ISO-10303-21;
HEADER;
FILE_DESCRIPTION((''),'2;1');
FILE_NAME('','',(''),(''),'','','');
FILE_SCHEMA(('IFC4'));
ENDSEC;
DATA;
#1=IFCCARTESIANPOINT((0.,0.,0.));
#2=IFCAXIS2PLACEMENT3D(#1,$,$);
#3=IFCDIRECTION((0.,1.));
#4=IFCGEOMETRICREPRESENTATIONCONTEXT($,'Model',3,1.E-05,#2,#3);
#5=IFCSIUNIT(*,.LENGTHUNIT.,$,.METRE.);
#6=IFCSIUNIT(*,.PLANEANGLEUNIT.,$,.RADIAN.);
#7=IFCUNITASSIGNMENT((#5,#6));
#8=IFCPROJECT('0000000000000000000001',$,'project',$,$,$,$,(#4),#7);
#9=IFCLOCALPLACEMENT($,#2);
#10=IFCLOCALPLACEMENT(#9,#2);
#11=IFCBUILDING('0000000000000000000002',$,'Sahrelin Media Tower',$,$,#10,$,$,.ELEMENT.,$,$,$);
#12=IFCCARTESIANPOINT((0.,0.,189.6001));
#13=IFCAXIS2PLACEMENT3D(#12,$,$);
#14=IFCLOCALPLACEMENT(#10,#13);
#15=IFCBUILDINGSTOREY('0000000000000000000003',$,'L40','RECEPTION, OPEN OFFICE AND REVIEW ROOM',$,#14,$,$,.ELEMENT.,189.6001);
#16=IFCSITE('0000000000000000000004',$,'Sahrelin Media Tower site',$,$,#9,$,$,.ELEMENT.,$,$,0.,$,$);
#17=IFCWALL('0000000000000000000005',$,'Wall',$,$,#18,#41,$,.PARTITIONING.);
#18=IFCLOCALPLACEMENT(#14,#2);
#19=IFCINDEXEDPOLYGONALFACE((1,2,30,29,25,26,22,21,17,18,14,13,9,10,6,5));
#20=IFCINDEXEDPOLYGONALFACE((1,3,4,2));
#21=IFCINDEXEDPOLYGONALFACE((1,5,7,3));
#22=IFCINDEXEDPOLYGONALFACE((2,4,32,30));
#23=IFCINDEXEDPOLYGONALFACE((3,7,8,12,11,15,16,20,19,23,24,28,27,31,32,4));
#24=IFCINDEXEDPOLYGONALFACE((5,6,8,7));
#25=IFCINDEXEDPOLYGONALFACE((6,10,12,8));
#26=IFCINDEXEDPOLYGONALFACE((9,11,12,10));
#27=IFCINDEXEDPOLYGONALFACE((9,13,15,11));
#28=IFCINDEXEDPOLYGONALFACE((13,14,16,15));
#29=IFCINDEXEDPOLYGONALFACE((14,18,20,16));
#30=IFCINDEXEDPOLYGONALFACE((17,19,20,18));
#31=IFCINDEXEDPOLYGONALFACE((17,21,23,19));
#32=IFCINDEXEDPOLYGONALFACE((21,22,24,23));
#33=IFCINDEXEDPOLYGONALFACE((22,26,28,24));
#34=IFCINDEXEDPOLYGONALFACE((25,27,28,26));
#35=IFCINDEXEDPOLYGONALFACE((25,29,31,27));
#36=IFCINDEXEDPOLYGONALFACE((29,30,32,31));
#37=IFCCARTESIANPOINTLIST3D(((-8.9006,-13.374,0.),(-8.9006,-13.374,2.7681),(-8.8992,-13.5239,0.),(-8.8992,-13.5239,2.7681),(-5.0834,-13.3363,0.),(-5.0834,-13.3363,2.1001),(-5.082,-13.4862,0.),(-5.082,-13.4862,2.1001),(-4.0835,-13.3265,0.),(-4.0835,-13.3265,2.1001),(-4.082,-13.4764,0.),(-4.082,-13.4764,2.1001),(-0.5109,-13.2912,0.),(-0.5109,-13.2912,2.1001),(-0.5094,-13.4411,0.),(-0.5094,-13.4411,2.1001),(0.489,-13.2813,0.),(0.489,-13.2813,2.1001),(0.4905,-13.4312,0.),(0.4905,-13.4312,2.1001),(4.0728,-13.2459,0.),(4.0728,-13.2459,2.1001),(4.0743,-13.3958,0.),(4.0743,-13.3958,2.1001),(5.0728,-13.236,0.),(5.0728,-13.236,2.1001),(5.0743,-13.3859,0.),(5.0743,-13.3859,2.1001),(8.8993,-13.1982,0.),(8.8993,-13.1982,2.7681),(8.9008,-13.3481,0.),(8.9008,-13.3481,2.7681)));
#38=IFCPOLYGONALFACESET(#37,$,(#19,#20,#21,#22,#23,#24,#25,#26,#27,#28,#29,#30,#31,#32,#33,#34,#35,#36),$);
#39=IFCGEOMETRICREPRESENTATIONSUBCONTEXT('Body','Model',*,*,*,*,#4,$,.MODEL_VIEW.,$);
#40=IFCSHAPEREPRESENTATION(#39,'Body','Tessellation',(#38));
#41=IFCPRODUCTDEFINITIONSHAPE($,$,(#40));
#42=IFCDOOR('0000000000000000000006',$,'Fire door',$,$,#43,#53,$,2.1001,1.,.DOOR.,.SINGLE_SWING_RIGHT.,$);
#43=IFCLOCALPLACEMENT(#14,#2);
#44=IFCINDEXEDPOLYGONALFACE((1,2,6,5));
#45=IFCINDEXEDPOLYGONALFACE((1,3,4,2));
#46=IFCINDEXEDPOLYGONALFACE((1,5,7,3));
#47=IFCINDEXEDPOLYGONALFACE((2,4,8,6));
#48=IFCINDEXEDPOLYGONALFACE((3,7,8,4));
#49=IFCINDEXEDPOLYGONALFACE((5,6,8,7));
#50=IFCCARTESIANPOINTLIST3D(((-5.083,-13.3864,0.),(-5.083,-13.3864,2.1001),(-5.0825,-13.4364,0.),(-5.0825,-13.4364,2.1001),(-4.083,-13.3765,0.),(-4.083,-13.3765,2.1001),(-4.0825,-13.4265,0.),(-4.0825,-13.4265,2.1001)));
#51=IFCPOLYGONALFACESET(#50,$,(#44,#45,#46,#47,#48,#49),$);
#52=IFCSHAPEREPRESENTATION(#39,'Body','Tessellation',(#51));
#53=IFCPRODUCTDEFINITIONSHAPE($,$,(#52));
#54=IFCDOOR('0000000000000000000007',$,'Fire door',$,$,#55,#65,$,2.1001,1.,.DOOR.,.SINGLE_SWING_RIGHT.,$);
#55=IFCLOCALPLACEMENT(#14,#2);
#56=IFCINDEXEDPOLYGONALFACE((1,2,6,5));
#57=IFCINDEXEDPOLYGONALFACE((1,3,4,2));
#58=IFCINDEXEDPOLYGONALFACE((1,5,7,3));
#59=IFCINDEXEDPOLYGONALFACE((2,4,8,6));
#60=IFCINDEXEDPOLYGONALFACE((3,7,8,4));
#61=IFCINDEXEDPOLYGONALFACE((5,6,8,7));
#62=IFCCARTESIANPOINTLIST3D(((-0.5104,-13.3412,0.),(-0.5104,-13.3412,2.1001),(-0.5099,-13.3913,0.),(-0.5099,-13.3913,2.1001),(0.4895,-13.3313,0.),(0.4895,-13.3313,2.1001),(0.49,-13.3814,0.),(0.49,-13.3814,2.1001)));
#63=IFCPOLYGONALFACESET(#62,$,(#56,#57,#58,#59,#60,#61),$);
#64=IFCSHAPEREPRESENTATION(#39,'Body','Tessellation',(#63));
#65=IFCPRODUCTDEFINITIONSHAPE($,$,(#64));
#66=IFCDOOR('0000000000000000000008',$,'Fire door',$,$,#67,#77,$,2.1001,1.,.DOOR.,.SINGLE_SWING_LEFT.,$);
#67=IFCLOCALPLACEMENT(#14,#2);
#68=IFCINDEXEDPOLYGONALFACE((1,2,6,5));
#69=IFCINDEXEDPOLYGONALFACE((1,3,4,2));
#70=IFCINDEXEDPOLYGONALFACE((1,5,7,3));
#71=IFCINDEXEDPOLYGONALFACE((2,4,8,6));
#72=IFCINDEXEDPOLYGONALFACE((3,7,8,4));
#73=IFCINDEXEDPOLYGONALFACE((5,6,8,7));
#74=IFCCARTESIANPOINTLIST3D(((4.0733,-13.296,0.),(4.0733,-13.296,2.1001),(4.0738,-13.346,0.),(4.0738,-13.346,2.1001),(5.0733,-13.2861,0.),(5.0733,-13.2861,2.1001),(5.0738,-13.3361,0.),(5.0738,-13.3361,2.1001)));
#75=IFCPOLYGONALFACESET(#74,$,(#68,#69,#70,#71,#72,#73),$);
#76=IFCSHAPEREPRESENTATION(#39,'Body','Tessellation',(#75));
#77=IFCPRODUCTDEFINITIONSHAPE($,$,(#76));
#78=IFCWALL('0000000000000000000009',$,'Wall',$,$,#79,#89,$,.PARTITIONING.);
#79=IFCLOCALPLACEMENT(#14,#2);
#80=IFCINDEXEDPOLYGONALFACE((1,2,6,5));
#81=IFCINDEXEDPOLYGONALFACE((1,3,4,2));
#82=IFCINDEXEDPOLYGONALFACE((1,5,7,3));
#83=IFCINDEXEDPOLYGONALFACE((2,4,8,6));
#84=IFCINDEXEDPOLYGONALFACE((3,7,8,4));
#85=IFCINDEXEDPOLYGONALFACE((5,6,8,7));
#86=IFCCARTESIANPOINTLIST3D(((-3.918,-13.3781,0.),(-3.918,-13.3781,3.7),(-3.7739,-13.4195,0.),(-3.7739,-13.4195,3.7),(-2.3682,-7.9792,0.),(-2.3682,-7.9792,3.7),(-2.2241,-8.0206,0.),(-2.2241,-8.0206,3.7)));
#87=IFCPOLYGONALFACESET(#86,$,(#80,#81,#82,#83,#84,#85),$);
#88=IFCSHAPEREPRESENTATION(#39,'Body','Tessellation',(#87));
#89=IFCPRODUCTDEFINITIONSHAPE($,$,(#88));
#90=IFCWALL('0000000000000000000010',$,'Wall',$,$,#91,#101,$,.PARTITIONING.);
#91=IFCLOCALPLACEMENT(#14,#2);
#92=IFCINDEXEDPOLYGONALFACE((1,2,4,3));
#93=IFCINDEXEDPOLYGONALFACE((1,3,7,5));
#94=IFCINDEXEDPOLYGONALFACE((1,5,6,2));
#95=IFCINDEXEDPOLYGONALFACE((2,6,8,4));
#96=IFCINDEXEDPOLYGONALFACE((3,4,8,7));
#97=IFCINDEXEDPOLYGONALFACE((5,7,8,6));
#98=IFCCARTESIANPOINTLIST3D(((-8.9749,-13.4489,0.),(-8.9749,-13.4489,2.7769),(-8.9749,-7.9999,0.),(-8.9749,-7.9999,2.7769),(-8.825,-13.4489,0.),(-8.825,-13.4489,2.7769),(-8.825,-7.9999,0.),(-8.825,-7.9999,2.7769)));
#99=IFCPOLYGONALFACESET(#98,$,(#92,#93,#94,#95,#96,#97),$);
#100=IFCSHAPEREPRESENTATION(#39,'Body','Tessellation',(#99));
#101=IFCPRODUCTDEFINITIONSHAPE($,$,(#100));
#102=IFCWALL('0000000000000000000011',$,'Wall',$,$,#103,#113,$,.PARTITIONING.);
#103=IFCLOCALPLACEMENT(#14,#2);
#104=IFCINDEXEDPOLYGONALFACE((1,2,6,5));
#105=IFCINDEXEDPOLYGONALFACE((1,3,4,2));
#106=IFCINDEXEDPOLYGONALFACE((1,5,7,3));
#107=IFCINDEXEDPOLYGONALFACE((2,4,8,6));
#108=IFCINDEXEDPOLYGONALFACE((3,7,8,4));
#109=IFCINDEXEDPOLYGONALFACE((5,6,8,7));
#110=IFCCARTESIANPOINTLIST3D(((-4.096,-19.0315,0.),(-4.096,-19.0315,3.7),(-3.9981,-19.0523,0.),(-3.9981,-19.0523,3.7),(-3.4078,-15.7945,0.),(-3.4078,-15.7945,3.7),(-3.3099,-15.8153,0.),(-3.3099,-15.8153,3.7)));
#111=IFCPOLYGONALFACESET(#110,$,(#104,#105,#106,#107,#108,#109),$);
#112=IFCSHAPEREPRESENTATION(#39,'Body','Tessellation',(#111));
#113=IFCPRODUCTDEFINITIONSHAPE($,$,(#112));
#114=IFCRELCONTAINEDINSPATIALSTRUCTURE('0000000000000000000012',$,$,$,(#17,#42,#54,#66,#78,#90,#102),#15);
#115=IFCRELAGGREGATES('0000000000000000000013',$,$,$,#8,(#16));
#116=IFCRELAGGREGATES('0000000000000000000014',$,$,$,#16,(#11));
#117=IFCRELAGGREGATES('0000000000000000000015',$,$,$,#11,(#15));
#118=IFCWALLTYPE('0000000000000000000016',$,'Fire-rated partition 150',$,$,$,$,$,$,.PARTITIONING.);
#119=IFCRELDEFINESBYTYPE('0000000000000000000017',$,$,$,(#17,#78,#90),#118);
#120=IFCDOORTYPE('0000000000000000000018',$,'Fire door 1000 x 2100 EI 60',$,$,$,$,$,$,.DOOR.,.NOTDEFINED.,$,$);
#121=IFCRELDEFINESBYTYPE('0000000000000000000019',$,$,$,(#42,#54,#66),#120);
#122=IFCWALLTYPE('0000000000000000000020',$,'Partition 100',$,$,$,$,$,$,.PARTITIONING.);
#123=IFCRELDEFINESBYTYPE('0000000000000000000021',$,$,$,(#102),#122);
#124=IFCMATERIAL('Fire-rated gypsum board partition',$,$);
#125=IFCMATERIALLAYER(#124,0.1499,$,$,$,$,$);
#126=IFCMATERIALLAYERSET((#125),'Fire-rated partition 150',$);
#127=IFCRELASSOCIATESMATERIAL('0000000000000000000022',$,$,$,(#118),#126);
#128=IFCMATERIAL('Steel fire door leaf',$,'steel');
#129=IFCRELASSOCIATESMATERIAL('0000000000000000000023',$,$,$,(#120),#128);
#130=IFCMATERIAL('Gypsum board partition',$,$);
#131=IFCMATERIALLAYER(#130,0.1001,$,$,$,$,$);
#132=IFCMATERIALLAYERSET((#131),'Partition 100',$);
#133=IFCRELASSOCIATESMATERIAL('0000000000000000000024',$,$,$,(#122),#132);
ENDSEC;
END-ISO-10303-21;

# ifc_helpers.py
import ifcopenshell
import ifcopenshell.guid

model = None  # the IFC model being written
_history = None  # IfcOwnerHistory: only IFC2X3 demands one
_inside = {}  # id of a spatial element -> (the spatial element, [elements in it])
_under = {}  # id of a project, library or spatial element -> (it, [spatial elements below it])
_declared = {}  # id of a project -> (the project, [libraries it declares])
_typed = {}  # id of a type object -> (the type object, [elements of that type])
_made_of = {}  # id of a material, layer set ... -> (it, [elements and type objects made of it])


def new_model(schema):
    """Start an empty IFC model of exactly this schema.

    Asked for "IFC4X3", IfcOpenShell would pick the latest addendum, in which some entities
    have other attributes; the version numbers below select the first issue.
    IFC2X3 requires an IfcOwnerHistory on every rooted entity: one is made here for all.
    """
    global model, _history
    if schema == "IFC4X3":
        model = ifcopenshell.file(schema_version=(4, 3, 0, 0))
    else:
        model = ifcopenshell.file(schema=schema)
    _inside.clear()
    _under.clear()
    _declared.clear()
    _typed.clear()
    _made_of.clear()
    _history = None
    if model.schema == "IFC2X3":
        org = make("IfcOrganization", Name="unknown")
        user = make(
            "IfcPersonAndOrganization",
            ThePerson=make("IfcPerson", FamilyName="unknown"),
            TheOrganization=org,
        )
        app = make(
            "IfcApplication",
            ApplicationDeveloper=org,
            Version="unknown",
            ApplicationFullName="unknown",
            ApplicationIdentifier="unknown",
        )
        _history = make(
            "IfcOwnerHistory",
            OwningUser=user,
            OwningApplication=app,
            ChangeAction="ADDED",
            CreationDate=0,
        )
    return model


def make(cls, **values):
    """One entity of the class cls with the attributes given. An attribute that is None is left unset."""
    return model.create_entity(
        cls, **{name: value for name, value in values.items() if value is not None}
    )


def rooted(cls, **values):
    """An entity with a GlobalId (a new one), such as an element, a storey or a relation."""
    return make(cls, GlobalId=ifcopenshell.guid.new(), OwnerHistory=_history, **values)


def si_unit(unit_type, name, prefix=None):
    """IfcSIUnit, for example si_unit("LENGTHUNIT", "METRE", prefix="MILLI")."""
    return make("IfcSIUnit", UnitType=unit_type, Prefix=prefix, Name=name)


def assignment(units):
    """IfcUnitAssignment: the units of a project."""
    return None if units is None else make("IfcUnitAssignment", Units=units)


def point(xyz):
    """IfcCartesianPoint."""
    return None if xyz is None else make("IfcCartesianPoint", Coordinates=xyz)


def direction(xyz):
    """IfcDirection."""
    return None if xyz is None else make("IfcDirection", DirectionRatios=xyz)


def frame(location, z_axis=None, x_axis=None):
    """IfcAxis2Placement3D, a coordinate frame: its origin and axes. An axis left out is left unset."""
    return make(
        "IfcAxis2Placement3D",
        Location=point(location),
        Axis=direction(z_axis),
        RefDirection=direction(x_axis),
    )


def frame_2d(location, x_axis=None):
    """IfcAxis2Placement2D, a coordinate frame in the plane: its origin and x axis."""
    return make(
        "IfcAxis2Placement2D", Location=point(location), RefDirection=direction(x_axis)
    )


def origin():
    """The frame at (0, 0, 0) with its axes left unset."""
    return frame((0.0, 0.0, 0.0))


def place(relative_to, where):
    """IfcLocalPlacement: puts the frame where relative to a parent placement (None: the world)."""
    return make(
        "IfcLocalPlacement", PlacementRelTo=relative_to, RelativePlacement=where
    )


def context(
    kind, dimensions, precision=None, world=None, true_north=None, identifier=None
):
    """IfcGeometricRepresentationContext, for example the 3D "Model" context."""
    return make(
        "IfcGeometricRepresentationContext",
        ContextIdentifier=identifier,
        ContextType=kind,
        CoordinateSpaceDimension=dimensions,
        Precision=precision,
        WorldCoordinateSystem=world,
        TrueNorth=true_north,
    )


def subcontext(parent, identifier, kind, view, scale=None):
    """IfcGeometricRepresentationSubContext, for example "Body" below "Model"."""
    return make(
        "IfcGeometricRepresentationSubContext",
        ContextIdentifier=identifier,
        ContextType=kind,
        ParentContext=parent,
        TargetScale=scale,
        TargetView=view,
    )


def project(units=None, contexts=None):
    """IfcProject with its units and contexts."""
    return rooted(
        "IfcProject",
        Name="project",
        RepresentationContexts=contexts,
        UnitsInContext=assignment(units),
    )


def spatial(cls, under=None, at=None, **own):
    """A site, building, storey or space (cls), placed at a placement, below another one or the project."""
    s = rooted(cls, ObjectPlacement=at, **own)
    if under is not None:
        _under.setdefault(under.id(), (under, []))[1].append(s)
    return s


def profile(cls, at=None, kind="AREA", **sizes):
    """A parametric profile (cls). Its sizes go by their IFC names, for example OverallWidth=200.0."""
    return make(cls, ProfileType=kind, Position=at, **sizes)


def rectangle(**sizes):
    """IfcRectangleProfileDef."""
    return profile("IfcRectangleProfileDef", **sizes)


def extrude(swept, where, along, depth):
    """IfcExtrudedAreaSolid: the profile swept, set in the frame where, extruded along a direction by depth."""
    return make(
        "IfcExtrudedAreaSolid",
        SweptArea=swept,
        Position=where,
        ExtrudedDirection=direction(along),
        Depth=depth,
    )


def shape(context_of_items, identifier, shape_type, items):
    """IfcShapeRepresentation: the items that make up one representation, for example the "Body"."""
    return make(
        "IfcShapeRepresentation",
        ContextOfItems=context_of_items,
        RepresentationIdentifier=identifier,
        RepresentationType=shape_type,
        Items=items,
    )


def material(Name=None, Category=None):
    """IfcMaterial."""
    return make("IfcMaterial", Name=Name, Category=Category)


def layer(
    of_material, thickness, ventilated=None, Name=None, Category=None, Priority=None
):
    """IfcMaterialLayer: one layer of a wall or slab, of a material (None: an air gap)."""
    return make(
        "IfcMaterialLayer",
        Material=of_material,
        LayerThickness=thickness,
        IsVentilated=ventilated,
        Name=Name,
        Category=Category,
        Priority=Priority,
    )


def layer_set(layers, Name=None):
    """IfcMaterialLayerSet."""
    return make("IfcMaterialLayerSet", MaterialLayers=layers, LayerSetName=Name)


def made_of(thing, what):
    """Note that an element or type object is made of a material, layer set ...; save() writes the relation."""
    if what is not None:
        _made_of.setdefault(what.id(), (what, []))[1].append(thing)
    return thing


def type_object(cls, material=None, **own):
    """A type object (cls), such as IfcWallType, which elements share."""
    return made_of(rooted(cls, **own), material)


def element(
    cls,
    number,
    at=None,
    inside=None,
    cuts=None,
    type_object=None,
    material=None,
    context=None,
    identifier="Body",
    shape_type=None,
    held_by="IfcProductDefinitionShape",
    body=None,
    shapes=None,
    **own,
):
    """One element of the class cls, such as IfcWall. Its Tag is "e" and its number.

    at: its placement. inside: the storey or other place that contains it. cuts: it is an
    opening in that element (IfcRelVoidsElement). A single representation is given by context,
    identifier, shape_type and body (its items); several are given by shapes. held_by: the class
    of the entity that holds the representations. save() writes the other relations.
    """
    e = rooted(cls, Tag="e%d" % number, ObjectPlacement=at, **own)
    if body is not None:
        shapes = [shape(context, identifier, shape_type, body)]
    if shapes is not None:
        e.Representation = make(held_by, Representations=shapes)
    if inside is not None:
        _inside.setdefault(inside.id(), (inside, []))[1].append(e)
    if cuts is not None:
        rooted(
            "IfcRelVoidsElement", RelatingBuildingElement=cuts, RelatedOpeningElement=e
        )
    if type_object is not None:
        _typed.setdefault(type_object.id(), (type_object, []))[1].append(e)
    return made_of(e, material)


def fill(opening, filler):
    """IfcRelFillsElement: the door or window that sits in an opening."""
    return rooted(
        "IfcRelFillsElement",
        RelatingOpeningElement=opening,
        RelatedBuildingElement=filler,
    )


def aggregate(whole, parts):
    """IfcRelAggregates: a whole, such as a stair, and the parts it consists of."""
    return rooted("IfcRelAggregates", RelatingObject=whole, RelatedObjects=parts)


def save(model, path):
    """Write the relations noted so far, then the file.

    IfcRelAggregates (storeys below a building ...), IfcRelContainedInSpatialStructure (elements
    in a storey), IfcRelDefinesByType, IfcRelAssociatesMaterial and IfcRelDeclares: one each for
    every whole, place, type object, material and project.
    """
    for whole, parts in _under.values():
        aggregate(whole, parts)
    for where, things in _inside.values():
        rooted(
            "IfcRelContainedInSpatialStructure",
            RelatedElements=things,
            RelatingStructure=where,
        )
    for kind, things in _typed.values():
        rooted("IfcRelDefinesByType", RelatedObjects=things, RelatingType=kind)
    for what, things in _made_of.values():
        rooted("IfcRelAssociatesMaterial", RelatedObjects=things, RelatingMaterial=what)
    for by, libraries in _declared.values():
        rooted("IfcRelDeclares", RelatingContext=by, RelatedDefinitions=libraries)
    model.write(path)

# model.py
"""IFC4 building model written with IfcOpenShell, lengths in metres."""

from ifc_helpers import new_model, si_unit, direction, frame, frame_2d, origin, place, context, subcontext, project, spatial, rectangle, extrude, material, layer, layer_set, type_object, element, fill, save


model = new_model("IFC4")

# Units and contexts
model_context = context("Model", 3, precision=1e-05, world=origin(), true_north=direction((0.0, 1.0)))
body_context = subcontext(model_context, "Body", "Model", "MODEL_VIEW")
ifc_project = project(units=[si_unit("LENGTHUNIT", "METRE"), si_unit("PLANEANGLEUNIT", "RADIAN")], contexts=[model_context])

# Site, building, storey
site_placement = place(None, origin())
site = spatial("IfcSite", under=ifc_project, at=site_placement, Name="Sahrelin Media Tower site", CompositionType="ELEMENT", RefElevation=0.0)
building_placement = place(site_placement, origin())
building = spatial("IfcBuilding", under=site, at=building_placement, Name="Sahrelin Media Tower", CompositionType="ELEMENT")
storey_placement = place(building_placement, frame((0.0, 0.0, 189.6001)))
storey = spatial("IfcBuildingStorey", under=building, at=storey_placement, Name="L40", Description="RECEPTION, OPEN OFFICE AND REVIEW ROOM", CompositionType="ELEMENT", Elevation=189.6001)

# Wall, openings, doors
ifc_material_1 = material(Name="Fire-rated gypsum board partition")
ifc_layer_1 = layer(ifc_material_1, 0.1499)
ifc_layer_set_1 = layer_set([ifc_layer_1], Name="Fire-rated partition 150")
wall_type_1 = type_object("IfcWallType", Name="Fire-rated partition 150", PredefinedType="PARTITIONING", material=ifc_layer_set_1)
wall_1_placement = place(storey_placement, frame((-8.8999, -13.449, 0.0), z_axis=(0.0, 0.0, 1.0), x_axis=(0.999951, 0.009875, 0.0)))
wall_1 = element("IfcWall", 1, at=wall_1_placement, inside=storey, type_object=wall_type_1, Name="Wall", PredefinedType="PARTITIONING", context=body_context, shape_type="SweptSolid", body=[
    extrude(rectangle(XDim=17.8008, YDim=0.1499, at=frame_2d((8.9004, 0.0))), origin(), (0.0, 0.0, 1.0), 2.7681),
])
opening_1_placement = place(wall_1_placement, frame((3.8174, 0.0, 0.0)))
opening_1 = element("IfcOpeningElement", 2, at=opening_1_placement, cuts=wall_1, PredefinedType="OPENING", context=body_context, shape_type="SweptSolid", body=[
    extrude(rectangle(XDim=1.0, YDim=2.1001, at=frame_2d((0.5, 1.05))), frame((0.0, 0.075, 0.0), z_axis=(0.0, -1.0, 0.0), x_axis=(1.0, 0.0, 0.0)), (0.0, 0.0, 1.0), 0.1499),
])
opening_2_placement = place(wall_1_placement, frame((8.3901, 0.0, 0.0)))
opening_2 = element("IfcOpeningElement", 3, at=opening_2_placement, cuts=wall_1, PredefinedType="OPENING", context=body_context, shape_type="SweptSolid", body=[
    extrude(rectangle(XDim=1.0, YDim=2.1001, at=frame_2d((0.5, 1.05))), frame((0.0, 0.075, 0.0), z_axis=(0.0, -1.0, 0.0), x_axis=(1.0, 0.0, 0.0)), (0.0, 0.0, 1.0), 0.1499),
])
opening_3_placement = place(wall_1_placement, frame((12.9741, 0.0, 0.0)))
opening_3 = element("IfcOpeningElement", 4, at=opening_3_placement, cuts=wall_1, PredefinedType="OPENING", context=body_context, shape_type="SweptSolid", body=[
    extrude(rectangle(XDim=1.0, YDim=2.1001, at=frame_2d((0.5, 1.05))), frame((0.0, 0.075, 0.0), z_axis=(0.0, -1.0, 0.0), x_axis=(1.0, 0.0, 0.0)), (0.0, 0.0, 1.0), 0.1499),
])
ifc_material_2 = material(Name="Steel fire door leaf", Category="steel")
door_type = type_object("IfcDoorType", Name="Fire door 1000 x 2100 EI 60", OperationType="NOTDEFINED", PredefinedType="DOOR", material=ifc_material_2)
door_1_placement = place(opening_1_placement, origin())
door_1 = element("IfcDoor", 5, at=door_1_placement, inside=storey, type_object=door_type, Name="Fire door", OperationType="SINGLE_SWING_RIGHT", OverallHeight=2.1001, OverallWidth=1.0, PredefinedType="DOOR", context=body_context, shape_type="SweptSolid", body=[
    extrude(rectangle(XDim=1.0, YDim=2.1001, at=frame_2d((0.5, 1.05))), frame((0.0, 0.0249, 0.0), z_axis=(0.0, -1.0, 0.0), x_axis=(1.0, 0.0, 0.0)), (0.0, 0.0, 1.0), 0.05),
])
fill(opening_1, door_1)
door_2_placement = place(opening_2_placement, origin())
door_2 = element("IfcDoor", 6, at=door_2_placement, inside=storey, type_object=door_type, Name="Fire door", OperationType="SINGLE_SWING_RIGHT", OverallHeight=2.1001, OverallWidth=1.0, PredefinedType="DOOR", context=body_context, shape_type="SweptSolid", body=[
    extrude(rectangle(XDim=1.0, YDim=2.1001, at=frame_2d((0.5, 1.05))), frame((0.0, 0.0249, 0.0), z_axis=(0.0, -1.0, 0.0), x_axis=(1.0, 0.0, 0.0)), (0.0, 0.0, 1.0), 0.05),
])
fill(opening_2, door_2)
door_3_placement = place(opening_3_placement, origin())
door_3 = element("IfcDoor", 7, at=door_3_placement, inside=storey, type_object=door_type, Name="Fire door", OperationType="SINGLE_SWING_LEFT", OverallHeight=2.1001, OverallWidth=1.0, PredefinedType="DOOR", context=body_context, shape_type="SweptSolid", body=[
    extrude(rectangle(XDim=1.0, YDim=2.1001, at=frame_2d((0.5, 1.05))), frame((0.0, 0.0249, 0.0), z_axis=(0.0, -1.0, 0.0), x_axis=(1.0, 0.0, 0.0)), (0.0, 0.0, 1.0), 0.05),
])
fill(opening_3, door_3)

# Walls
wall_2_placement = place(storey_placement, frame((-3.8459, -13.3989, 0.0), z_axis=(0.0, 0.0, 1.0), x_axis=(0.275915, 0.961182, 0.0)))
element("IfcWall", 8, at=wall_2_placement, inside=storey, type_object=wall_type_1, Name="Wall", PredefinedType="PARTITIONING", context=body_context, shape_type="SweptSolid", body=[
    extrude(rectangle(XDim=5.6169, YDim=0.1499, at=frame_2d((2.8086, 0.0))), origin(), (0.0, 0.0, 1.0), 3.7),
])
wall_3_placement = place(storey_placement, frame((-8.8999, -13.449, 0.0), z_axis=(0.0, 0.0, 1.0), x_axis=(0.0, 1.0, 0.0)))
element("IfcWall", 9, at=wall_3_placement, inside=storey, type_object=wall_type_1, Name="Wall", PredefinedType="PARTITIONING", context=body_context, shape_type="SweptSolid", body=[
    extrude(rectangle(XDim=5.449, YDim=0.1499, at=frame_2d((2.7246, 0.0))), origin(), (0.0, 0.0, 1.0), 2.7769),
])
ifc_material_3 = material(Name="Gypsum board partition")
ifc_layer_2 = layer(ifc_material_3, 0.1001)
ifc_layer_set_2 = layer_set([ifc_layer_2], Name="Partition 100")
wall_type_2 = type_object("IfcWallType", Name="Partition 100", PredefinedType="PARTITIONING", material=ifc_layer_set_2)
wall_4_placement = place(storey_placement, frame((-4.0471, -19.042, 0.0), z_axis=(0.0, 0.0, 1.0), x_axis=(0.207962, 0.978137, 0.0)))
element("IfcWall", 10, at=wall_4_placement, inside=storey, type_object=wall_type_2, Name="Wall", PredefinedType="PARTITIONING", context=body_context, shape_type="SweptSolid", body=[
    extrude(rectangle(XDim=3.3093, YDim=0.1001, at=frame_2d((1.6548, 0.0))), origin(), (0.0, 0.0, 1.0), 3.7),
])

save(model, "model.ifc")
